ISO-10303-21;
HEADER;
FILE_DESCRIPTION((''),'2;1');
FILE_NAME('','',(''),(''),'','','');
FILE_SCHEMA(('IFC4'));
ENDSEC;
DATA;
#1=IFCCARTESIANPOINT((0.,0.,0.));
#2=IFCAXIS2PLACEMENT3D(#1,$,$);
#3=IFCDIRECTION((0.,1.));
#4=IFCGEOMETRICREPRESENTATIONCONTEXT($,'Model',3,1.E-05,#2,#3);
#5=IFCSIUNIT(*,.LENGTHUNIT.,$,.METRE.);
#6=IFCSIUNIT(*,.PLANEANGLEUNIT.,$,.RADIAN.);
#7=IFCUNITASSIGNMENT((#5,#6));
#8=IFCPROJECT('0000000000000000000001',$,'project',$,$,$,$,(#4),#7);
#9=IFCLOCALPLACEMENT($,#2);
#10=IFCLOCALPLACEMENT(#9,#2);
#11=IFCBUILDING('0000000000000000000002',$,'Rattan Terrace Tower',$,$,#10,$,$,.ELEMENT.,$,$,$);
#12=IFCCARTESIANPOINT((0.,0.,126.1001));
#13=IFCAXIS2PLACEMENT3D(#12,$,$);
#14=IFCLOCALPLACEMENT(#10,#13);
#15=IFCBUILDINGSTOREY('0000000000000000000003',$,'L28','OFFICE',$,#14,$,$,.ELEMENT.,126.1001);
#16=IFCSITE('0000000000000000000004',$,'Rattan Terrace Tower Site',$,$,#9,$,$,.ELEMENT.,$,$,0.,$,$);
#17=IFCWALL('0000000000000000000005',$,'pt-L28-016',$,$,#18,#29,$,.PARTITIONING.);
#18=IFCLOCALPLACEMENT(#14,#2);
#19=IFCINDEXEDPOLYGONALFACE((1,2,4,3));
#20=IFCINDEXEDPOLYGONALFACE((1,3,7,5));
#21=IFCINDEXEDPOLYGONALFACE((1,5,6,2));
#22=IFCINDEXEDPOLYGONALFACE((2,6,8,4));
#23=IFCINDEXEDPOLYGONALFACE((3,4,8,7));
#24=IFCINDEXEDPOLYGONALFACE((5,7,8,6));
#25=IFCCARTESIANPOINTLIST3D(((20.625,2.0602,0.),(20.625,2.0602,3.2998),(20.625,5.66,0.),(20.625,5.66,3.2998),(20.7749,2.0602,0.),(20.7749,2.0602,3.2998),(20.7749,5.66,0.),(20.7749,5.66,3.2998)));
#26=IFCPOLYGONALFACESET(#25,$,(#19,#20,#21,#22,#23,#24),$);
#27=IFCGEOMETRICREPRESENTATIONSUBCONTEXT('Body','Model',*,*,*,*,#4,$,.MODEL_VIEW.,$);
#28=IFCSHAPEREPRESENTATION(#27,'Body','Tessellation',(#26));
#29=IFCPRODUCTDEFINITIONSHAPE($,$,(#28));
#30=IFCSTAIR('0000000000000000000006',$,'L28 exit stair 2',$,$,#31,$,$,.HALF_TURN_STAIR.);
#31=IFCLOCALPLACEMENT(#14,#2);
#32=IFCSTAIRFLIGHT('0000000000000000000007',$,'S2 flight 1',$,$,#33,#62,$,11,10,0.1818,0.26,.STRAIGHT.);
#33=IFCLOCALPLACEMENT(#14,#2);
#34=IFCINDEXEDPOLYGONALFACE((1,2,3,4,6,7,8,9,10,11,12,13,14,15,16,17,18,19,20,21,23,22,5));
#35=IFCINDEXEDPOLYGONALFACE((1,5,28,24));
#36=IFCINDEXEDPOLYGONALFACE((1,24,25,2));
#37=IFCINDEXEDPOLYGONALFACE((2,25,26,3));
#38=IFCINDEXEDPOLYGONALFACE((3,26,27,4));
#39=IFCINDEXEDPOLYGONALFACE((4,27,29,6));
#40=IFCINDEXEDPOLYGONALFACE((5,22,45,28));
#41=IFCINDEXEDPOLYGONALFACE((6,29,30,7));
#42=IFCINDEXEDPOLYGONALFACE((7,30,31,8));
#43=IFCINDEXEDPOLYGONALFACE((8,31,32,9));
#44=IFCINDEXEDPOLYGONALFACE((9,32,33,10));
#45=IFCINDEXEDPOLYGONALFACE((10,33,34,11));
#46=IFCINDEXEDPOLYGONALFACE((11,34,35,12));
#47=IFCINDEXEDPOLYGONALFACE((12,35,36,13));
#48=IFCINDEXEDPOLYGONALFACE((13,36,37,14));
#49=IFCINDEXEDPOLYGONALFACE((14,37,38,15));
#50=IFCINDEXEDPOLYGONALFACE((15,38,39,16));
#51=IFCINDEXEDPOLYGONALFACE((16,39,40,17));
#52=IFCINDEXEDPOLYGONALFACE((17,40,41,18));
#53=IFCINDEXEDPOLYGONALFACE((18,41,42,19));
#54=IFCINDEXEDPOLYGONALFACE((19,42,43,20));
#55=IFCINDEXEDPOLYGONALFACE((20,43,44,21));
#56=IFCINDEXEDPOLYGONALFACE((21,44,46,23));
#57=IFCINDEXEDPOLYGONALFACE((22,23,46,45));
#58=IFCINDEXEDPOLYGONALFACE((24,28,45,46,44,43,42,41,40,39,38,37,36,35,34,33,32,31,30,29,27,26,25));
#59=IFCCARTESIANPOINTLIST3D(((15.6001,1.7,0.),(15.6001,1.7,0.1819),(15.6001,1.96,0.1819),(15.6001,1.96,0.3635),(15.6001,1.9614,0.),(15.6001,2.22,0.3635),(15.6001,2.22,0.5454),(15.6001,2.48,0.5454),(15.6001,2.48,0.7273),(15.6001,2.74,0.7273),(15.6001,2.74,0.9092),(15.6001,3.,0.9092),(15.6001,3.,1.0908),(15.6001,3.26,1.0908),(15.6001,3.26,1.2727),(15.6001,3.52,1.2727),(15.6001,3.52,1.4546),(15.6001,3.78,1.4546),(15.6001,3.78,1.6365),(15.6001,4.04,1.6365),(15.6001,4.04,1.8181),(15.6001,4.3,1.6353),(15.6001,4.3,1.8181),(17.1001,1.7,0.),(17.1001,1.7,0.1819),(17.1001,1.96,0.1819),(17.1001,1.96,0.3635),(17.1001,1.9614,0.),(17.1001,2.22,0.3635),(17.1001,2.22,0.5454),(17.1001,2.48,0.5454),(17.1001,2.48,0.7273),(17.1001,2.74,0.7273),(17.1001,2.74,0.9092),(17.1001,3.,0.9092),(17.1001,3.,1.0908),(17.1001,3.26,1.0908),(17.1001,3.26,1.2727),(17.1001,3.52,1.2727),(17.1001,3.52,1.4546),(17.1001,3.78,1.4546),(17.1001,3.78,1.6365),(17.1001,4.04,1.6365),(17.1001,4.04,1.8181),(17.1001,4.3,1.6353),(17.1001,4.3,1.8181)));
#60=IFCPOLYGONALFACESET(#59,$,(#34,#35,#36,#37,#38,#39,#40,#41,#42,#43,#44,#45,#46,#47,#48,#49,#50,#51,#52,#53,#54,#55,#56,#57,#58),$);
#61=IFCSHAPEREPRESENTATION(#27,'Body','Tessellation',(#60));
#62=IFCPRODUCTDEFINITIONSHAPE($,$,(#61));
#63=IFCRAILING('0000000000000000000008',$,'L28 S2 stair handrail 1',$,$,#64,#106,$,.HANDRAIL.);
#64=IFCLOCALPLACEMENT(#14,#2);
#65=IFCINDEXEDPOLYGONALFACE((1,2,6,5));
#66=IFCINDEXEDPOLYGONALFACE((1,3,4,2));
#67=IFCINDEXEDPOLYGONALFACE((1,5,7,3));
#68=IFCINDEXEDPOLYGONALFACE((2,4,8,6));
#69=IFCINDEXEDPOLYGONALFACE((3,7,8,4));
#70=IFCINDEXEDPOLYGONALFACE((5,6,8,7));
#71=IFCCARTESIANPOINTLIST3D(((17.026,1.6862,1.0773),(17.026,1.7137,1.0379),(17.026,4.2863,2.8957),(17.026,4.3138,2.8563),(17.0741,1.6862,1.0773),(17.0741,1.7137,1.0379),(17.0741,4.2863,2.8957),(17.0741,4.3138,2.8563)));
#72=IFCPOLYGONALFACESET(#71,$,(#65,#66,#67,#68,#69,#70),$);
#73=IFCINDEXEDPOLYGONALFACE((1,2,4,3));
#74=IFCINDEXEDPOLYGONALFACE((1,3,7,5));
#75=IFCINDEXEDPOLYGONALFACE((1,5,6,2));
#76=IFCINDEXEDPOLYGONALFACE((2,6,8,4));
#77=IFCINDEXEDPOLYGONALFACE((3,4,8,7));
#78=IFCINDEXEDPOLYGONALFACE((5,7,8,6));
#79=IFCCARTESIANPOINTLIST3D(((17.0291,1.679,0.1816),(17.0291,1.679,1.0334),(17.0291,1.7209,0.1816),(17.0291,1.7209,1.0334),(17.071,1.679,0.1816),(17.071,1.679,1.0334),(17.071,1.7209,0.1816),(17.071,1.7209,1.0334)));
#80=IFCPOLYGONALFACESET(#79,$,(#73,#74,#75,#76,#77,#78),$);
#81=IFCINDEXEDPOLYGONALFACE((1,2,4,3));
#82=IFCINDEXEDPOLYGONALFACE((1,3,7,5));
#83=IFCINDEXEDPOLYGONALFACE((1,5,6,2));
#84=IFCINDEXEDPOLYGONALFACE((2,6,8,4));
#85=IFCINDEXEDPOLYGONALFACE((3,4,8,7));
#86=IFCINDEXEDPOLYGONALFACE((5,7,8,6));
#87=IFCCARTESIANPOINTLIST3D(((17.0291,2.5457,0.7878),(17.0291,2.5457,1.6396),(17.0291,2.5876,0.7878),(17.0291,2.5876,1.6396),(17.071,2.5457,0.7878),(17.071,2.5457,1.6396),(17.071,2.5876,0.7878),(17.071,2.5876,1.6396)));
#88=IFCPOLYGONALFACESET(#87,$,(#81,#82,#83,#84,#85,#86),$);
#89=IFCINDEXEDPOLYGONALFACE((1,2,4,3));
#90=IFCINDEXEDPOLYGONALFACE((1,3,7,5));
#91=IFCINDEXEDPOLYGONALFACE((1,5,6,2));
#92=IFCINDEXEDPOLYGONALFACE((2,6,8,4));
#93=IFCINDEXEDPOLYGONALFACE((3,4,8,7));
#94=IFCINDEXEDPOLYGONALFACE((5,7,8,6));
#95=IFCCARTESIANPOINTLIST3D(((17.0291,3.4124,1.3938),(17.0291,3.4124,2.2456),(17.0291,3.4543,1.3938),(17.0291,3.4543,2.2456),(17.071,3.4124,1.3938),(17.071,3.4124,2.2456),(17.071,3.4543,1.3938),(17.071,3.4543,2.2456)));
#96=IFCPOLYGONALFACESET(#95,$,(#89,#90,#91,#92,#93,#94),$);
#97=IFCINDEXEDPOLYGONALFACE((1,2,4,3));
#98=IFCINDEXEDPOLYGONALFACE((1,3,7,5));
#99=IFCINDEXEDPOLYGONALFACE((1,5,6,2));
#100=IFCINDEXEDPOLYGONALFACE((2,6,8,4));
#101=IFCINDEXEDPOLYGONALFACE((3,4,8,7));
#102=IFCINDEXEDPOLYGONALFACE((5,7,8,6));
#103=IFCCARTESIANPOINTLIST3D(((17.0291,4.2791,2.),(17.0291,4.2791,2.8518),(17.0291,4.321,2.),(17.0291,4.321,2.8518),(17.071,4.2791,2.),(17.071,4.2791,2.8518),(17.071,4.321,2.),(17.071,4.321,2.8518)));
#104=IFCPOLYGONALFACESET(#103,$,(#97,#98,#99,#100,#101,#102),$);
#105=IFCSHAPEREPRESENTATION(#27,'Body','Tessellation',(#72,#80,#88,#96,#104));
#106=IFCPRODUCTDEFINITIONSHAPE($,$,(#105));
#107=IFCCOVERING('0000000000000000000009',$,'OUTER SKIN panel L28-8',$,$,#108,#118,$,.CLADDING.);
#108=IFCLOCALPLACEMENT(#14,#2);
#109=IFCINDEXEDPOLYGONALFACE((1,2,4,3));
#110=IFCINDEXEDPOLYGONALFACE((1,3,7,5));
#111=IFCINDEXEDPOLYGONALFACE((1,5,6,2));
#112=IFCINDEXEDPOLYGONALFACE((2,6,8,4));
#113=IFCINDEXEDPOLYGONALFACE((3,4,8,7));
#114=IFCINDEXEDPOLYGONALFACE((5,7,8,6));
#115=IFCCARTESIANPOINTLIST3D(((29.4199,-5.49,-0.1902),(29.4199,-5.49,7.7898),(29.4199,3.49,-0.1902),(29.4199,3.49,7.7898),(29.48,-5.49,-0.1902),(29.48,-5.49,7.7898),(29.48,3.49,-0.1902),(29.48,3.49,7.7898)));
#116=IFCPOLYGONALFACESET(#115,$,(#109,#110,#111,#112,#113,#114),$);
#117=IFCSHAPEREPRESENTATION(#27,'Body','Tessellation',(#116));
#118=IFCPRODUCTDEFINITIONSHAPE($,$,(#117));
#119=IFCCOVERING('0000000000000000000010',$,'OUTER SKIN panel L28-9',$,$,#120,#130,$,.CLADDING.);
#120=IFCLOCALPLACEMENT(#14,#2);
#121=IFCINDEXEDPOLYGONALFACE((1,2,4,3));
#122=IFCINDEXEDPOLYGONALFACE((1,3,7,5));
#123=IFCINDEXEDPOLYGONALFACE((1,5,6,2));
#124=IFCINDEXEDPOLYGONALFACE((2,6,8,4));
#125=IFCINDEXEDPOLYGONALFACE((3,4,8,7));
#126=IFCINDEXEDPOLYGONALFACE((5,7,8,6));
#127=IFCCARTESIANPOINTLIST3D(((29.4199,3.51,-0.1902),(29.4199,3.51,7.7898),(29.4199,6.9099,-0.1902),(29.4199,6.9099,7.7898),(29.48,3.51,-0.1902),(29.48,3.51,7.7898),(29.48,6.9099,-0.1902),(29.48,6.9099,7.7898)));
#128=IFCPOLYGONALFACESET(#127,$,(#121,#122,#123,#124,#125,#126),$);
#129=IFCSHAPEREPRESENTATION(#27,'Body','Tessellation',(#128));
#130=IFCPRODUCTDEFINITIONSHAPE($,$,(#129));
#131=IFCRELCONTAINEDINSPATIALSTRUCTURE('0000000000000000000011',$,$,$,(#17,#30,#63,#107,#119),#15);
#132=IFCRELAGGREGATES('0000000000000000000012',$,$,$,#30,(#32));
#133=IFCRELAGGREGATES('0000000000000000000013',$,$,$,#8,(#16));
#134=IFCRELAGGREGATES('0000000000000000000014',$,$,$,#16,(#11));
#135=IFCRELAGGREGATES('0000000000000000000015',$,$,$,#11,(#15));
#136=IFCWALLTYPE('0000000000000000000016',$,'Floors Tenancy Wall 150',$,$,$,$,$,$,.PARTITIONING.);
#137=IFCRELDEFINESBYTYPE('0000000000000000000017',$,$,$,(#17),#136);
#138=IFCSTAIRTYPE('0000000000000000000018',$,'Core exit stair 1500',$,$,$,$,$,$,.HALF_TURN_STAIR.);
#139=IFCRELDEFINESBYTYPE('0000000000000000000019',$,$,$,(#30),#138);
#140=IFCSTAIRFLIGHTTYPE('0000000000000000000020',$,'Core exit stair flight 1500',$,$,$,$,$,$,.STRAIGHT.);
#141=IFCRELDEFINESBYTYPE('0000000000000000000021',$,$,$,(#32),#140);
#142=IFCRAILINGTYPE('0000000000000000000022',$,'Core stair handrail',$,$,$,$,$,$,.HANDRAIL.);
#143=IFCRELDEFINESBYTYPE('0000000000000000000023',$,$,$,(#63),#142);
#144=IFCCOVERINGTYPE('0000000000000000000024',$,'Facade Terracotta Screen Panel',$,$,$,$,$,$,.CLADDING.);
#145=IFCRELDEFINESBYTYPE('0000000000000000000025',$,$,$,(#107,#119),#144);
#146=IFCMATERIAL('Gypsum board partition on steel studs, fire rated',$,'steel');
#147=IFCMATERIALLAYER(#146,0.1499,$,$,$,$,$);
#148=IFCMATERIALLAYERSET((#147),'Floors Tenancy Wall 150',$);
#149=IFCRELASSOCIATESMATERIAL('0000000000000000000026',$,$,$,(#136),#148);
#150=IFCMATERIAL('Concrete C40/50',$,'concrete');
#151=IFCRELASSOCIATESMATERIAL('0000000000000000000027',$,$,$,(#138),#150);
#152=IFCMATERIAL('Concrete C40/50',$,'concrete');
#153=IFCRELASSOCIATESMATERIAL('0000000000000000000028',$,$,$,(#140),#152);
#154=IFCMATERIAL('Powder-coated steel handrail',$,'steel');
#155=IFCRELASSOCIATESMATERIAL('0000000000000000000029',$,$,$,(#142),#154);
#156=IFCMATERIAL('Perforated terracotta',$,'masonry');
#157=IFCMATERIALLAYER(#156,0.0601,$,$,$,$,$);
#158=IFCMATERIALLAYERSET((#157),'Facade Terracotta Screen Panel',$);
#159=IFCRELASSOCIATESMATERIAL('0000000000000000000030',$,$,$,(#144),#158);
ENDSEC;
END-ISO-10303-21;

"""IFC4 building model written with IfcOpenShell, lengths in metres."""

from ifc_helpers import new_model, si_unit, direction, frame, frame_2d, origin, origin_2d, place, context, subcontext, project, spatial, polyline, rectangle, outline, extrude, material, layer, layer_set, type_object, element, aggregate, save


model = new_model("IFC4")

# Units and contexts
model_context = context("Model", 3, precision=1e-05, world=origin(), true_north=direction((0.0, 1.0)))
body_context = subcontext(model_context, "Body", "Model", "MODEL_VIEW")
ifc_project = project(units=[si_unit("LENGTHUNIT", "METRE"), si_unit("PLANEANGLEUNIT", "RADIAN")], contexts=[model_context])

# Site, building, storey
site_placement = place(None, origin())
site = spatial("IfcSite", under=ifc_project, at=site_placement, Name="Rattan Terrace Tower Site", CompositionType="ELEMENT", RefElevation=0.0)
building_placement = place(site_placement, origin())
building = spatial("IfcBuilding", under=site, at=building_placement, Name="Rattan Terrace Tower", CompositionType="ELEMENT")
storey_placement = place(building_placement, frame((0.0, 0.0, 126.1001)))
storey = spatial("IfcBuildingStorey", under=building, at=storey_placement, Name="L28", Description="OFFICE", CompositionType="ELEMENT", Elevation=126.1001)

# Shared definitions
ifc_material_1 = material(Name="Gypsum board partition on steel studs, fire rated", Category="steel")
ifc_layer_1 = layer(ifc_material_1, 0.1499)
ifc_layer_set_1 = layer_set([ifc_layer_1], Name="Floors Tenancy Wall 150")
wall_type_1 = type_object("IfcWallType", Name="Floors Tenancy Wall 150", PredefinedType="PARTITIONING", material=ifc_layer_set_1)

# Wall
wall_1_placement = place(storey_placement, frame((20.7, 5.6599, 0.0), z_axis=(0.0, 0.0, 1.0), x_axis=(0.0, -1.0, 0.0)))
element("IfcWall", 1, at=wall_1_placement, inside=storey, type_object=wall_type_1, Name="pt-L28-016", PredefinedType="PARTITIONING", context=body_context, shape_type="SweptSolid", body=[
    extrude(rectangle(XDim=3.5999, YDim=0.1499, at=frame_2d((1.7998, 0.0))), origin(), (0.0, 0.0, 1.0), 3.2998),
])

# Stair, stair flight
ifc_material_2 = material(Name="Concrete C40/50", Category="concrete")
stair_type = type_object("IfcStairType", Name="Core exit stair 1500", PredefinedType="HALF_TURN_STAIR", material=ifc_material_2)
stair_placement = place(storey_placement, origin())
stair = element("IfcStair", 2, at=stair_placement, inside=storey, type_object=stair_type, Name="L28 exit stair 2", PredefinedType="HALF_TURN_STAIR")
ifc_material_3 = material(Name="Concrete C40/50", Category="concrete")
stair_flight_type = type_object("IfcStairFlightType", Name="Core exit stair flight 1500", PredefinedType="STRAIGHT", material=ifc_material_3)
stair_flight_placement = place(storey_placement, frame((16.3501, 1.7, 0.0), z_axis=(0.0, 0.0, 1.0), x_axis=(0.0, 1.0, 0.0)))
stair_flight = element("IfcStairFlight", 3, at=stair_flight_placement, type_object=stair_flight_type, Name="S2 flight 1", NumberOfRisers=11, NumberOfTreads=10, PredefinedType="STRAIGHT", RiserHeight=0.1818, TreadLength=0.26, context=body_context, shape_type="SweptSolid", body=[
    extrude(outline(polyline([(0.0, 0.0), (0.0, 0.1819), (0.26, 0.1819), (0.26, 0.3635), (0.52, 0.3635), (0.52, 0.5454), (0.78, 0.5454), (0.78, 0.7273), (1.04, 0.7273), (1.04, 0.9092), (1.3, 0.9092), (1.3, 1.0908), (1.5601, 1.0908), (1.5601, 1.2727), (1.8201, 1.2727), (1.8201, 1.4546), (2.0801, 1.4546), (2.0801, 1.6365), (2.3401, 1.6365), (2.3401, 1.8181), (2.6001, 1.8181), (2.6001, 2.0), (2.6001, 1.6353), (0.2615, 0.0), (0.0, 0.0)])), frame((0.0, 0.75, 0.0), z_axis=(0.0, -1.0, 0.0), x_axis=(1.0, 0.0, 0.0)), (0.0, 0.0, 1.0), 1.5),
])
aggregate(stair, [stair_flight])

# Railing
ifc_material_4 = material(Name="Powder-coated steel handrail", Category="steel")
railing_type = type_object("IfcRailingType", Name="Core stair handrail", PredefinedType="HANDRAIL", material=ifc_material_4)
railing_placement = place(storey_placement, frame((17.05, 1.7, 0.1816)))
element("IfcRailing", 4, at=railing_placement, inside=storey, type_object=railing_type, Name="L28 S2 stair handrail 1", PredefinedType="HANDRAIL", context=body_context, shape_type="SweptSolid", body=[
    extrude(rectangle(XDim=0.0481, YDim=0.0481, at=origin_2d()), frame((0.0, 0.0, 0.876), z_axis=(0.0, 0.819485, 0.573101), x_axis=(-1.0, 0.0, 0.0)), (0.0, 0.0, 1.0), 3.1729),
    extrude(rectangle(XDim=0.042, YDim=0.042, at=origin_2d()), origin(), (0.0, 0.0, 1.0), 0.8518),
    extrude(rectangle(XDim=0.042, YDim=0.042, at=origin_2d()), frame((0.0, 0.8667, 0.6062)), (0.0, 0.0, 1.0), 0.8518),
    extrude(rectangle(XDim=0.042, YDim=0.042, at=origin_2d()), frame((0.0, 1.7334, 1.2122)), (0.0, 0.0, 1.0), 0.8518),
    extrude(rectangle(XDim=0.042, YDim=0.042, at=origin_2d()), frame((0.0, 2.6001, 1.8184)), (0.0, 0.0, 1.0), 0.8518),
])

# Coverings
ifc_material_5 = material(Name="Perforated terracotta", Category="masonry")
ifc_layer_2 = layer(ifc_material_5, 0.0601)
ifc_layer_set_2 = layer_set([ifc_layer_2], Name="Facade Terracotta Screen Panel")
covering_type = type_object("IfcCoveringType", Name="Facade Terracotta Screen Panel", PredefinedType="CLADDING", material=ifc_layer_set_2)
covering_1_placement = place(storey_placement, frame((29.45, -1.0, -0.1902), z_axis=(0.0, 0.0, 1.0), x_axis=(0.0, 1.0, 0.0)))
element("IfcCovering", 5, at=covering_1_placement, inside=storey, type_object=covering_type, Name="OUTER SKIN panel L28-8", PredefinedType="CLADDING", context=body_context, shape_type="SweptSolid", body=[
    extrude(rectangle(XDim=8.98, YDim=0.0601, at=origin_2d()), origin(), (0.0, 0.0, 1.0), 7.98),
])
covering_2_placement = place(storey_placement, frame((29.45, 5.21, -0.1902), z_axis=(0.0, 0.0, 1.0), x_axis=(0.0, 1.0, 0.0)))
element("IfcCovering", 6, at=covering_2_placement, inside=storey, type_object=covering_type, Name="OUTER SKIN panel L28-9", PredefinedType="CLADDING", context=body_context, shape_type="SweptSolid", body=[
    extrude(rectangle(XDim=3.3999, YDim=0.0601, at=origin_2d()), origin(), (0.0, 0.0, 1.0), 7.98),
])

save(model, "model.ifc")
